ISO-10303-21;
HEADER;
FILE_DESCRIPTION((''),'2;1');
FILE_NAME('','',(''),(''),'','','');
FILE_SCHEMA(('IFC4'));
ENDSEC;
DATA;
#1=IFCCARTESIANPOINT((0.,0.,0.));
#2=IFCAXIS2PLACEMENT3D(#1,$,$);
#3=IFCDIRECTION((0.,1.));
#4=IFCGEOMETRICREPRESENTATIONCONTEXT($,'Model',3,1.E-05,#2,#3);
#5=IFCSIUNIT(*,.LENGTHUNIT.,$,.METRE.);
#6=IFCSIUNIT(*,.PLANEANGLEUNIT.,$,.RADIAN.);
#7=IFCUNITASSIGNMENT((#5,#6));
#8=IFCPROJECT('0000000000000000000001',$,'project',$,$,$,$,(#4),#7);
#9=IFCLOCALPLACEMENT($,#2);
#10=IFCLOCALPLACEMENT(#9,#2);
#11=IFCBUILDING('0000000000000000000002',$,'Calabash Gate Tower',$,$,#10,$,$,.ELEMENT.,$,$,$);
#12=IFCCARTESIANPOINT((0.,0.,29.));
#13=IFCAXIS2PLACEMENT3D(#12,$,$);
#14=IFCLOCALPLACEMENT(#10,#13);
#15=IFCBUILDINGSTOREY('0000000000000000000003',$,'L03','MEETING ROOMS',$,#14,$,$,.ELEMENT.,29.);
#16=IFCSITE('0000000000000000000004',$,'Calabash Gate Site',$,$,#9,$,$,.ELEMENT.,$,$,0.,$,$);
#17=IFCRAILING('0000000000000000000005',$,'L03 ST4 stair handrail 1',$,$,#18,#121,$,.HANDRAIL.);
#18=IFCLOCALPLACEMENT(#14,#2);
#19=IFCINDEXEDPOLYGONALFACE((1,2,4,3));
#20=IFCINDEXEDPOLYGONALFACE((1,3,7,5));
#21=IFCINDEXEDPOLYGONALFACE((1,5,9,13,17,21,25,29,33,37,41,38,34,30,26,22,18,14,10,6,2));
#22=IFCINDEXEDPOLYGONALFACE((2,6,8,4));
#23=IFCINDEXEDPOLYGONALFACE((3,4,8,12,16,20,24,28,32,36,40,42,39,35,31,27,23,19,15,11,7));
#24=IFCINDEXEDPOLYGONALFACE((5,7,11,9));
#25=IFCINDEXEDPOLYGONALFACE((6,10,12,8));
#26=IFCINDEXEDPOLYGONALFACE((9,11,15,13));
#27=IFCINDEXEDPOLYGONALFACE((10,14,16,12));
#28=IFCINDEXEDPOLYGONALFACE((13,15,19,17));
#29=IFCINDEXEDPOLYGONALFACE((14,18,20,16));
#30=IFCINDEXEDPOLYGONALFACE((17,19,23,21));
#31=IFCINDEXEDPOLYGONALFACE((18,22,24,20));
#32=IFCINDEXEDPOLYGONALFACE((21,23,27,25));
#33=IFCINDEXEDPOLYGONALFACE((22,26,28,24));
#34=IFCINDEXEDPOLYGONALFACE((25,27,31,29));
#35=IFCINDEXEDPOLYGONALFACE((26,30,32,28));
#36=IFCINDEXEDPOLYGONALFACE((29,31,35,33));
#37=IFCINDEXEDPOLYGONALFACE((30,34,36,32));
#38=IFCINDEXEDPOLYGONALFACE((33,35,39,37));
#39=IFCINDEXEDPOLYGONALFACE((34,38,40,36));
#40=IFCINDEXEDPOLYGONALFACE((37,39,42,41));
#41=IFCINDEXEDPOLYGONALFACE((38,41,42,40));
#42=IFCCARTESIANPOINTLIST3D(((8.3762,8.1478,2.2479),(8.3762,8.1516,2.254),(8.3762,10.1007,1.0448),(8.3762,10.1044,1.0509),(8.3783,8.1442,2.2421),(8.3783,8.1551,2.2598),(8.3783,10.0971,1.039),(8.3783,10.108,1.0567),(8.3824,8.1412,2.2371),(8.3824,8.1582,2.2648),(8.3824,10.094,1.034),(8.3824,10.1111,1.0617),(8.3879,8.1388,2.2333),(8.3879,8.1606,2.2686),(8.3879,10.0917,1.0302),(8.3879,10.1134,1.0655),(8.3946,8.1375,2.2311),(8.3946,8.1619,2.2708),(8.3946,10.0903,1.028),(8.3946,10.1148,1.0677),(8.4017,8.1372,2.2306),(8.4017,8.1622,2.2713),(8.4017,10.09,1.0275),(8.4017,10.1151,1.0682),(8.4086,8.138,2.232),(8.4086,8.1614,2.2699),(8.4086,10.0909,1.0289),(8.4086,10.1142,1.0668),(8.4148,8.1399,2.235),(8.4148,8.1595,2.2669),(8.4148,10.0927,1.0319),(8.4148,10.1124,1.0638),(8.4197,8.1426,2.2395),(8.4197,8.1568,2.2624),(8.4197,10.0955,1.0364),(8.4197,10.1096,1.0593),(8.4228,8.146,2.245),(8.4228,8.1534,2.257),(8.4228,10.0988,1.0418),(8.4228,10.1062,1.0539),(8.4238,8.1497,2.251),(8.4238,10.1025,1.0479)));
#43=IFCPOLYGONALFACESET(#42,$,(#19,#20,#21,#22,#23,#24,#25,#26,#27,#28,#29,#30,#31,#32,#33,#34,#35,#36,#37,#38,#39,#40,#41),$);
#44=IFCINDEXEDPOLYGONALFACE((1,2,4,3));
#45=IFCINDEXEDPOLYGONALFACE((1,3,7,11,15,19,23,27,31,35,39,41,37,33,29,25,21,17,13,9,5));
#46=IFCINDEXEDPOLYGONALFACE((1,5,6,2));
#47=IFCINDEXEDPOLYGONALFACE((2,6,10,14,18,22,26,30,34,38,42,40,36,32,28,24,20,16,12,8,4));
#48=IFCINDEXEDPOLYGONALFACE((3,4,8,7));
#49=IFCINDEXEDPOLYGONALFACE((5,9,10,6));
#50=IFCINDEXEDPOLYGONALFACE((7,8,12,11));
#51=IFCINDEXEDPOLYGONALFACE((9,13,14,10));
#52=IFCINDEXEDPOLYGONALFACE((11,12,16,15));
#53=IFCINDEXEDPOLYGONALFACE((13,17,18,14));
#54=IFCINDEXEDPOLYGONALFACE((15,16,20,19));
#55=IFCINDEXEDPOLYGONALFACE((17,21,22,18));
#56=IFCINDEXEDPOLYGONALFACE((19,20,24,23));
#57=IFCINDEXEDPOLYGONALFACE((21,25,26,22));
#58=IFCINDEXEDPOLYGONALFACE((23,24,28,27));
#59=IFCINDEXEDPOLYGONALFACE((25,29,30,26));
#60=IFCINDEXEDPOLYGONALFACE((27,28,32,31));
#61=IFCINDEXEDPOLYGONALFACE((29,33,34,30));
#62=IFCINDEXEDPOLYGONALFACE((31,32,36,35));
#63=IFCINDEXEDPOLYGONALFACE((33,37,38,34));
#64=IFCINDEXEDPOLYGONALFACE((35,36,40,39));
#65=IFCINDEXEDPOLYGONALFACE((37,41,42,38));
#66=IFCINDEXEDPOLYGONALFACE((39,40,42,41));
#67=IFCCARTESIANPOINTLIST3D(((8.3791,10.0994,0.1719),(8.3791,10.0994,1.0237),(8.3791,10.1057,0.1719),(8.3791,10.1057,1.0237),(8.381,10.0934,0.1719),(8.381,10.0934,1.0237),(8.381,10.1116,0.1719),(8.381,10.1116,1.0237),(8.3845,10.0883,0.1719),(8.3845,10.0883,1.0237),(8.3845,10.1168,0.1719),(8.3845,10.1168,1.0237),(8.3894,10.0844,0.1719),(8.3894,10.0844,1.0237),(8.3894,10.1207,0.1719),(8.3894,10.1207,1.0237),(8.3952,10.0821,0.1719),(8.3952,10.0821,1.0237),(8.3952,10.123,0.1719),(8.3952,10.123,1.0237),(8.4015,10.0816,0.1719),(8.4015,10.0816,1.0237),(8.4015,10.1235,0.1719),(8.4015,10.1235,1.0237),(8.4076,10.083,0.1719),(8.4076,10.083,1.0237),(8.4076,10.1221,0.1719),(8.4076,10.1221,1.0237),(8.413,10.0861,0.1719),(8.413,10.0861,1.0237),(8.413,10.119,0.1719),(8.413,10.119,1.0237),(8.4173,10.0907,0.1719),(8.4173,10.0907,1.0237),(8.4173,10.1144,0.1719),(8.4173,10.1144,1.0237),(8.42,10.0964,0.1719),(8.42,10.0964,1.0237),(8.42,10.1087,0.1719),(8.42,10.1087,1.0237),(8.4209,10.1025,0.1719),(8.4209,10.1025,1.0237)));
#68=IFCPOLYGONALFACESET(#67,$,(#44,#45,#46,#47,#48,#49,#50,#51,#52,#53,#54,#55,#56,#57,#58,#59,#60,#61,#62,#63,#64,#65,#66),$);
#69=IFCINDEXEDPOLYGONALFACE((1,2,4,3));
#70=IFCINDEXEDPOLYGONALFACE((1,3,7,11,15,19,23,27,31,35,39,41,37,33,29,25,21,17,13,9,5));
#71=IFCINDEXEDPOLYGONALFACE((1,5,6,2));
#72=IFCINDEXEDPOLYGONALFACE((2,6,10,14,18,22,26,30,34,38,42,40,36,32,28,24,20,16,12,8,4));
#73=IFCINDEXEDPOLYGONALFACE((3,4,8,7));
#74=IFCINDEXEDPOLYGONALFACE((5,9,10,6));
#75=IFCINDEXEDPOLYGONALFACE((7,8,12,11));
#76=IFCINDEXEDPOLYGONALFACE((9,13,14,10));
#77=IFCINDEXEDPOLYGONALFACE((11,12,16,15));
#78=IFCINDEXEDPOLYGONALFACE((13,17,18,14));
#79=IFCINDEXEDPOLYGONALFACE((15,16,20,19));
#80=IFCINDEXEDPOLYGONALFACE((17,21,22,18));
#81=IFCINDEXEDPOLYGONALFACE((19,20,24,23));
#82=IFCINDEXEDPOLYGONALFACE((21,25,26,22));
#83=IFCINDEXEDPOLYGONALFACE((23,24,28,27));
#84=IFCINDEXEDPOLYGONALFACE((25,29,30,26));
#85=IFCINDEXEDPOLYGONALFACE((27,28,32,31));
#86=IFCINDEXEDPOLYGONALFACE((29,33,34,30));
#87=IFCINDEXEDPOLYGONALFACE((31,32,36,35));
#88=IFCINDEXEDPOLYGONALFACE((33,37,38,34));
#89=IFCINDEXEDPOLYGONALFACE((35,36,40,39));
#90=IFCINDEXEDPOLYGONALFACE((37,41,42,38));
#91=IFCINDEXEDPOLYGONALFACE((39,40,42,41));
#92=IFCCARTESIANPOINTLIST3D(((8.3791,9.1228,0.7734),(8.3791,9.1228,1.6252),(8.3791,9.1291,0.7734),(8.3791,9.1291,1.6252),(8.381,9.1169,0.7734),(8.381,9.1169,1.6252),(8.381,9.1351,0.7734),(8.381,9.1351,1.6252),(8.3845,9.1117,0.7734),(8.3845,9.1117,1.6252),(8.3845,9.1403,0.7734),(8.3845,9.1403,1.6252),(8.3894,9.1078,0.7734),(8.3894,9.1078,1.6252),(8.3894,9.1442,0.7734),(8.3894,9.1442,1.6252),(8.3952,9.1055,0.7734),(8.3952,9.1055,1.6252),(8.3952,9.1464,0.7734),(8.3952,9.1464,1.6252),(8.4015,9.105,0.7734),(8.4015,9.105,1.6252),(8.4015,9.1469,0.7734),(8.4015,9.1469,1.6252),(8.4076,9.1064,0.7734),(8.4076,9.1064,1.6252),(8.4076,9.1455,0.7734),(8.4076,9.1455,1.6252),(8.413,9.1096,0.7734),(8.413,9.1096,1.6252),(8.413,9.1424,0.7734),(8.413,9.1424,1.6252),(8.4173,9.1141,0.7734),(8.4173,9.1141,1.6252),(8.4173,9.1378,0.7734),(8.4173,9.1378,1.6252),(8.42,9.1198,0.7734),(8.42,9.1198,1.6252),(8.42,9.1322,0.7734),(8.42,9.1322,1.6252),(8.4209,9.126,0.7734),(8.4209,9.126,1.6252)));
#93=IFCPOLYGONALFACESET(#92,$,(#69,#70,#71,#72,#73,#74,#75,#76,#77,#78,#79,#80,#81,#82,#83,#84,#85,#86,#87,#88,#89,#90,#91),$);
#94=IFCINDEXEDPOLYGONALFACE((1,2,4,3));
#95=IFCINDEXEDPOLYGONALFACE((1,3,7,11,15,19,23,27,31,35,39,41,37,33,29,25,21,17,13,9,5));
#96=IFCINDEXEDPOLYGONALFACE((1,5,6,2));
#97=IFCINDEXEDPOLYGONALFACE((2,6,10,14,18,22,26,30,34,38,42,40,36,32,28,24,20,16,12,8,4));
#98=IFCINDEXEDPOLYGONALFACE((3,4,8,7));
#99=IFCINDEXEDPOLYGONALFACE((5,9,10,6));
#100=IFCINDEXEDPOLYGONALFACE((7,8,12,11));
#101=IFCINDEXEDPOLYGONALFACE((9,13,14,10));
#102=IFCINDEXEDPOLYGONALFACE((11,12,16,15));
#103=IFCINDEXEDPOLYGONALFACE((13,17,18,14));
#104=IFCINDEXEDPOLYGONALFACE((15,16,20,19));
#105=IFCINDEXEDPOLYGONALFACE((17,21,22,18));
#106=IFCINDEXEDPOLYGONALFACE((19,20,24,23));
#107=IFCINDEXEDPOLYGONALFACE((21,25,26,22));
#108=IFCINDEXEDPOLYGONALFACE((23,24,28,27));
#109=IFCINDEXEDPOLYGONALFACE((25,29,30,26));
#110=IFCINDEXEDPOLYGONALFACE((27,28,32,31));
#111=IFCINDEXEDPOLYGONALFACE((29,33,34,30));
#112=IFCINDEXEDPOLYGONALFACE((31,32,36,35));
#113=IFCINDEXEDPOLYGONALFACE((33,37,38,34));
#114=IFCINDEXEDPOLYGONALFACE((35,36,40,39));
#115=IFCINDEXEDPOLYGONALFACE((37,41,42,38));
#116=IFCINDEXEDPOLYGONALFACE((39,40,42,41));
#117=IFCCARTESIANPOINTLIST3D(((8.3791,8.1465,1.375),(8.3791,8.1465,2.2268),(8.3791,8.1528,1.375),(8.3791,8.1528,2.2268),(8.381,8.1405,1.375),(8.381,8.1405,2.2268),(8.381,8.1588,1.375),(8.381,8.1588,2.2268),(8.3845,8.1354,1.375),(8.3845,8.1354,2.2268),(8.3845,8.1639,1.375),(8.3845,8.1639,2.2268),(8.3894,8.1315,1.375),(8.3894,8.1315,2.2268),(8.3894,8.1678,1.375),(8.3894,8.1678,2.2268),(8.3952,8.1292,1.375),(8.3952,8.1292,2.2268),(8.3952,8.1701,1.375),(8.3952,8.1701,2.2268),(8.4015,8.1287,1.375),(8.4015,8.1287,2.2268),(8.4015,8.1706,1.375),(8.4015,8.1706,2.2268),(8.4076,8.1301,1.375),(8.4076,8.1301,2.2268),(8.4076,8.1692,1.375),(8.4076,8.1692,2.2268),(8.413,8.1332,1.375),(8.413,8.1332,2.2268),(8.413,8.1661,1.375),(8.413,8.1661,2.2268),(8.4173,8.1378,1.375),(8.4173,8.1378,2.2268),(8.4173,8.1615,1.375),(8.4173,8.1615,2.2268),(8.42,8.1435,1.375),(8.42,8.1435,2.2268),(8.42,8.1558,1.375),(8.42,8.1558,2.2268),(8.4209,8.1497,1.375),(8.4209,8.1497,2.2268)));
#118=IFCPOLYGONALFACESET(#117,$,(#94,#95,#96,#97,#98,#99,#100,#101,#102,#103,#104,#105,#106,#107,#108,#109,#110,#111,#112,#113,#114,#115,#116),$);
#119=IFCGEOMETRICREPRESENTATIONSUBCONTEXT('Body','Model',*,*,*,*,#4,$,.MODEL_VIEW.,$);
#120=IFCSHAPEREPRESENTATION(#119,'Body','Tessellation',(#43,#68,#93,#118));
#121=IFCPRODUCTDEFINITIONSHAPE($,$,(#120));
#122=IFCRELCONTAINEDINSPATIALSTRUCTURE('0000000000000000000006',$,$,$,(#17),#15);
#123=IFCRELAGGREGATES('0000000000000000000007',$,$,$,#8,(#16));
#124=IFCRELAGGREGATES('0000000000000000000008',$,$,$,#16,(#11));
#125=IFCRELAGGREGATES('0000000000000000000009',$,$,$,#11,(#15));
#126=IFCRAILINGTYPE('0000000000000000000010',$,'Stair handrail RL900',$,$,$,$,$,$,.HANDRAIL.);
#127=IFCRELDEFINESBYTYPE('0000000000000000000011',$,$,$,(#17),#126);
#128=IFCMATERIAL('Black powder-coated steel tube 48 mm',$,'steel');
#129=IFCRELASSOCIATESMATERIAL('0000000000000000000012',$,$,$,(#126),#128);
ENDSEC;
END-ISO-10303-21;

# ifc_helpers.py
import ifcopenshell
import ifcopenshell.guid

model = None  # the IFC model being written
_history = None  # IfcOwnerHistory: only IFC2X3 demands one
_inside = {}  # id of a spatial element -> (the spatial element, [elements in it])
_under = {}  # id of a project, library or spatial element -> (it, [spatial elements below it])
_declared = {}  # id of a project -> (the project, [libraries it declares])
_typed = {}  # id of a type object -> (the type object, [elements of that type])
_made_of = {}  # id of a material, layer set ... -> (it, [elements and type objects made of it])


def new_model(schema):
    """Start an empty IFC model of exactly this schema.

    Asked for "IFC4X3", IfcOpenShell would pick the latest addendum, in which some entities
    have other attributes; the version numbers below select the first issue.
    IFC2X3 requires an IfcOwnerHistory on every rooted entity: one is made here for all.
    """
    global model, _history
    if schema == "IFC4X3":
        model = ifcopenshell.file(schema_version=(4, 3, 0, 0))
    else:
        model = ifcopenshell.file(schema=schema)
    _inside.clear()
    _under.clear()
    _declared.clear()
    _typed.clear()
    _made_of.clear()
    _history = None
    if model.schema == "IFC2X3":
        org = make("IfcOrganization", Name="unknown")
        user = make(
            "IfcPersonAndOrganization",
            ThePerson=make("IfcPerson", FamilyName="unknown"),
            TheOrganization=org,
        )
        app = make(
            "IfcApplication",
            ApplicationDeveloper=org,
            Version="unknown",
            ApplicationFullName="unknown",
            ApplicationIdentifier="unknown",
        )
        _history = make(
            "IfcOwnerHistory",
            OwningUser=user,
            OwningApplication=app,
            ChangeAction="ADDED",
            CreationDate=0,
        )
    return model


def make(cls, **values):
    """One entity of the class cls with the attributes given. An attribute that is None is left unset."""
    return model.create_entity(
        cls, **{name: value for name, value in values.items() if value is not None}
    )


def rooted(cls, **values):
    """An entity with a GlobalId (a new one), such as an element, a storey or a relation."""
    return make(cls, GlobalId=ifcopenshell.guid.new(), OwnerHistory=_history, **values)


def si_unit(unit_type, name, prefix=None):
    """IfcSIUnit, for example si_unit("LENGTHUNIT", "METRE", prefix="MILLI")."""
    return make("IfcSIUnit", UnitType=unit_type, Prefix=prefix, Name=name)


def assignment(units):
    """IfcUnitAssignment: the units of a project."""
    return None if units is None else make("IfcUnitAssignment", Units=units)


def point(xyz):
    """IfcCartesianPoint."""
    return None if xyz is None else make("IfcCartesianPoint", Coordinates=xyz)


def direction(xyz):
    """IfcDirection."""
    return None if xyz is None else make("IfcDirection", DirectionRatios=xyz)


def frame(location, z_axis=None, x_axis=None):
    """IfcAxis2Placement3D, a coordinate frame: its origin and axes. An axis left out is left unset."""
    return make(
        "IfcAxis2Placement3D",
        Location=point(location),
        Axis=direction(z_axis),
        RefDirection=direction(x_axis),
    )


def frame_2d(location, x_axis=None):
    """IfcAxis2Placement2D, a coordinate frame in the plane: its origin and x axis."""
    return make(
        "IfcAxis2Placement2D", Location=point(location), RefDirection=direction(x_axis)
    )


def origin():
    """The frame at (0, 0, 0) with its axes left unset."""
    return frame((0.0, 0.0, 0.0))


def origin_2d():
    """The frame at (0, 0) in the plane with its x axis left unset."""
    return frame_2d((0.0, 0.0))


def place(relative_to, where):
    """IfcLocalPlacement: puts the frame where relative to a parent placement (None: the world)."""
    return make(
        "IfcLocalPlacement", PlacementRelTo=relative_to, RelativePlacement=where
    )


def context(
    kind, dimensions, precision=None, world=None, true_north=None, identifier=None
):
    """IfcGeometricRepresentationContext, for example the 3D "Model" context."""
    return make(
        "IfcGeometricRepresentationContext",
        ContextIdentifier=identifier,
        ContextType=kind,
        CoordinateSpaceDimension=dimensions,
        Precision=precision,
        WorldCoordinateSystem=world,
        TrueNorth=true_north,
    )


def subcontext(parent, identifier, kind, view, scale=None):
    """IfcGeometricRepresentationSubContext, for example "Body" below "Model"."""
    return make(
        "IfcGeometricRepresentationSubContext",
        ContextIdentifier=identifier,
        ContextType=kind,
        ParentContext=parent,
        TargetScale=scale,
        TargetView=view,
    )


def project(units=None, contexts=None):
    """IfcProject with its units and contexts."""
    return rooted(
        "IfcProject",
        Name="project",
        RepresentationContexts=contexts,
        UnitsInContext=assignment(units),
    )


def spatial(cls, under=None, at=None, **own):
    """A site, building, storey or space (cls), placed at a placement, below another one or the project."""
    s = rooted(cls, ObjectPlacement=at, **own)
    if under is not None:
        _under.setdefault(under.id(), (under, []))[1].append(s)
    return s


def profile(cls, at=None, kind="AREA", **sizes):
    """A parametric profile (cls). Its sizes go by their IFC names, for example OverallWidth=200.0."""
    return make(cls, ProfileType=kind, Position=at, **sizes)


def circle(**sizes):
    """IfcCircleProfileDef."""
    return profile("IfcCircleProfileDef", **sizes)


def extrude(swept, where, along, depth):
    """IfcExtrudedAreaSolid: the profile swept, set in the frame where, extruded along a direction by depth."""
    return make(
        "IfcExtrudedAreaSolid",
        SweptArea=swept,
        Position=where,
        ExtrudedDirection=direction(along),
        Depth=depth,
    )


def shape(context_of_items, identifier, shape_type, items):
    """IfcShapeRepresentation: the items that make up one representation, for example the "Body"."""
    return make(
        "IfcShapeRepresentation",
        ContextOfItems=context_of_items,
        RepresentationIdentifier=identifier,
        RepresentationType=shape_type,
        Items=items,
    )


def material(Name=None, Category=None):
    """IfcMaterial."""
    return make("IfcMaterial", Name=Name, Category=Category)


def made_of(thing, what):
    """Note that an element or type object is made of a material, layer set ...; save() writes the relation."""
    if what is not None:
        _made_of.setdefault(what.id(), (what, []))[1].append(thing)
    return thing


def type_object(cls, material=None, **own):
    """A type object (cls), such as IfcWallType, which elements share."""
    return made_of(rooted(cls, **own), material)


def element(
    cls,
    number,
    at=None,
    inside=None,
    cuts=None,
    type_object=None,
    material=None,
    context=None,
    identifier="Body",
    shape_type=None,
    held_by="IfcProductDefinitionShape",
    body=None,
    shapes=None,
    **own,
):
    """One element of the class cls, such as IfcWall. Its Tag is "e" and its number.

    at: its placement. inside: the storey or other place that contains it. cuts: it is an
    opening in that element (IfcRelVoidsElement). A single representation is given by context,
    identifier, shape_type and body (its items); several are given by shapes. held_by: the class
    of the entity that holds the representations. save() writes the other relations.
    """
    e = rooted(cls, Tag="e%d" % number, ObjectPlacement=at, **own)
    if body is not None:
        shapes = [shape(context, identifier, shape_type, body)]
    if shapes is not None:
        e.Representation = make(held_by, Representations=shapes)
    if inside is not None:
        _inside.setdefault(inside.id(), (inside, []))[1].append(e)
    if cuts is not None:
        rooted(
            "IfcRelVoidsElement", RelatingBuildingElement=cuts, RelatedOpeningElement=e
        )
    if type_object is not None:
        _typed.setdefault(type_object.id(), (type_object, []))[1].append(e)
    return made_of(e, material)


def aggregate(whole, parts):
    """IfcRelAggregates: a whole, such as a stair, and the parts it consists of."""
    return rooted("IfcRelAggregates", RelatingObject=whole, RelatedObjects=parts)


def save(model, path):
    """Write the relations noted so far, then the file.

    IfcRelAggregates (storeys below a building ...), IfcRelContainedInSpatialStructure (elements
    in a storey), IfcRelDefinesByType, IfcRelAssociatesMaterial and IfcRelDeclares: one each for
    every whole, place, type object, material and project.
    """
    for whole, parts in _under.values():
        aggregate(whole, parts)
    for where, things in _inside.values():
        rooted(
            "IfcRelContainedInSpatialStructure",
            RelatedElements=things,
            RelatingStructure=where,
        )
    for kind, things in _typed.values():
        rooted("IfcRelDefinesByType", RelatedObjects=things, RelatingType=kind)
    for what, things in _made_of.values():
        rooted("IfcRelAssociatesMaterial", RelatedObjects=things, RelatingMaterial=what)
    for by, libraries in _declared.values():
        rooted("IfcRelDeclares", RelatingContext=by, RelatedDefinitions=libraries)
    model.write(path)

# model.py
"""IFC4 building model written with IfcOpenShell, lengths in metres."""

from ifc_helpers import new_model, si_unit, direction, frame, origin, origin_2d, place, context, subcontext, project, spatial, circle, extrude, material, type_object, element, save


model = new_model("IFC4")

# Units and contexts
model_context = context("Model", 3, precision=1e-05, world=origin(), true_north=direction((0.0, 1.0)))
body_context = subcontext(model_context, "Body", "Model", "MODEL_VIEW")
ifc_project = project(units=[si_unit("LENGTHUNIT", "METRE"), si_unit("PLANEANGLEUNIT", "RADIAN")], contexts=[model_context])

# Site, building, storey
site_placement = place(None, origin())
site = spatial("IfcSite", under=ifc_project, at=site_placement, Name="Calabash Gate Site", CompositionType="ELEMENT", RefElevation=0.0)
building_placement = place(site_placement, origin())
building = spatial("IfcBuilding", under=site, at=building_placement, Name="Calabash Gate Tower", CompositionType="ELEMENT")
storey_placement = place(building_placement, frame((0.0, 0.0, 29.0)))
storey = spatial("IfcBuildingStorey", under=building, at=storey_placement, Name="L03", Description="MEETING ROOMS", CompositionType="ELEMENT", Elevation=29.0)

# Railing
ifc_material_1 = material(Name="Black powder-coated steel tube 48 mm", Category="steel")
railing_type_1 = type_object("IfcRailingType", Name="Stair handrail RL900", PredefinedType="HANDRAIL", material=ifc_material_1)
railing_1_placement = place(storey_placement, frame((8.3999, 10.1025, 0.1719)))
element("IfcRailing", 1, at=railing_1_placement, inside=storey, type_object=railing_type_1, Name="L03 ST4 stair handrail 1", PredefinedType="HANDRAIL", context=body_context, shape_type="SweptSolid", body=[
    extrude(circle(Radius=0.0239, at=origin_2d()), frame((0.0, 0.0, 0.876), z_axis=(0.0, -0.851395, 0.524525), x_axis=(1.0, 0.0, 0.0)), (0.0, 0.0, 1.0), 2.2937),
    extrude(circle(Radius=0.021, at=origin_2d()), origin(), (0.0, 0.0, 1.0), 0.8518),
    extrude(circle(Radius=0.021, at=origin_2d()), frame((0.0, -0.9766, 0.6016)), (0.0, 0.0, 1.0), 0.8518),
    extrude(circle(Radius=0.021, at=origin_2d()), frame((0.0, -1.9529, 1.2031)), (0.0, 0.0, 1.0), 0.8518),
])

save(model, "model.ifc")
